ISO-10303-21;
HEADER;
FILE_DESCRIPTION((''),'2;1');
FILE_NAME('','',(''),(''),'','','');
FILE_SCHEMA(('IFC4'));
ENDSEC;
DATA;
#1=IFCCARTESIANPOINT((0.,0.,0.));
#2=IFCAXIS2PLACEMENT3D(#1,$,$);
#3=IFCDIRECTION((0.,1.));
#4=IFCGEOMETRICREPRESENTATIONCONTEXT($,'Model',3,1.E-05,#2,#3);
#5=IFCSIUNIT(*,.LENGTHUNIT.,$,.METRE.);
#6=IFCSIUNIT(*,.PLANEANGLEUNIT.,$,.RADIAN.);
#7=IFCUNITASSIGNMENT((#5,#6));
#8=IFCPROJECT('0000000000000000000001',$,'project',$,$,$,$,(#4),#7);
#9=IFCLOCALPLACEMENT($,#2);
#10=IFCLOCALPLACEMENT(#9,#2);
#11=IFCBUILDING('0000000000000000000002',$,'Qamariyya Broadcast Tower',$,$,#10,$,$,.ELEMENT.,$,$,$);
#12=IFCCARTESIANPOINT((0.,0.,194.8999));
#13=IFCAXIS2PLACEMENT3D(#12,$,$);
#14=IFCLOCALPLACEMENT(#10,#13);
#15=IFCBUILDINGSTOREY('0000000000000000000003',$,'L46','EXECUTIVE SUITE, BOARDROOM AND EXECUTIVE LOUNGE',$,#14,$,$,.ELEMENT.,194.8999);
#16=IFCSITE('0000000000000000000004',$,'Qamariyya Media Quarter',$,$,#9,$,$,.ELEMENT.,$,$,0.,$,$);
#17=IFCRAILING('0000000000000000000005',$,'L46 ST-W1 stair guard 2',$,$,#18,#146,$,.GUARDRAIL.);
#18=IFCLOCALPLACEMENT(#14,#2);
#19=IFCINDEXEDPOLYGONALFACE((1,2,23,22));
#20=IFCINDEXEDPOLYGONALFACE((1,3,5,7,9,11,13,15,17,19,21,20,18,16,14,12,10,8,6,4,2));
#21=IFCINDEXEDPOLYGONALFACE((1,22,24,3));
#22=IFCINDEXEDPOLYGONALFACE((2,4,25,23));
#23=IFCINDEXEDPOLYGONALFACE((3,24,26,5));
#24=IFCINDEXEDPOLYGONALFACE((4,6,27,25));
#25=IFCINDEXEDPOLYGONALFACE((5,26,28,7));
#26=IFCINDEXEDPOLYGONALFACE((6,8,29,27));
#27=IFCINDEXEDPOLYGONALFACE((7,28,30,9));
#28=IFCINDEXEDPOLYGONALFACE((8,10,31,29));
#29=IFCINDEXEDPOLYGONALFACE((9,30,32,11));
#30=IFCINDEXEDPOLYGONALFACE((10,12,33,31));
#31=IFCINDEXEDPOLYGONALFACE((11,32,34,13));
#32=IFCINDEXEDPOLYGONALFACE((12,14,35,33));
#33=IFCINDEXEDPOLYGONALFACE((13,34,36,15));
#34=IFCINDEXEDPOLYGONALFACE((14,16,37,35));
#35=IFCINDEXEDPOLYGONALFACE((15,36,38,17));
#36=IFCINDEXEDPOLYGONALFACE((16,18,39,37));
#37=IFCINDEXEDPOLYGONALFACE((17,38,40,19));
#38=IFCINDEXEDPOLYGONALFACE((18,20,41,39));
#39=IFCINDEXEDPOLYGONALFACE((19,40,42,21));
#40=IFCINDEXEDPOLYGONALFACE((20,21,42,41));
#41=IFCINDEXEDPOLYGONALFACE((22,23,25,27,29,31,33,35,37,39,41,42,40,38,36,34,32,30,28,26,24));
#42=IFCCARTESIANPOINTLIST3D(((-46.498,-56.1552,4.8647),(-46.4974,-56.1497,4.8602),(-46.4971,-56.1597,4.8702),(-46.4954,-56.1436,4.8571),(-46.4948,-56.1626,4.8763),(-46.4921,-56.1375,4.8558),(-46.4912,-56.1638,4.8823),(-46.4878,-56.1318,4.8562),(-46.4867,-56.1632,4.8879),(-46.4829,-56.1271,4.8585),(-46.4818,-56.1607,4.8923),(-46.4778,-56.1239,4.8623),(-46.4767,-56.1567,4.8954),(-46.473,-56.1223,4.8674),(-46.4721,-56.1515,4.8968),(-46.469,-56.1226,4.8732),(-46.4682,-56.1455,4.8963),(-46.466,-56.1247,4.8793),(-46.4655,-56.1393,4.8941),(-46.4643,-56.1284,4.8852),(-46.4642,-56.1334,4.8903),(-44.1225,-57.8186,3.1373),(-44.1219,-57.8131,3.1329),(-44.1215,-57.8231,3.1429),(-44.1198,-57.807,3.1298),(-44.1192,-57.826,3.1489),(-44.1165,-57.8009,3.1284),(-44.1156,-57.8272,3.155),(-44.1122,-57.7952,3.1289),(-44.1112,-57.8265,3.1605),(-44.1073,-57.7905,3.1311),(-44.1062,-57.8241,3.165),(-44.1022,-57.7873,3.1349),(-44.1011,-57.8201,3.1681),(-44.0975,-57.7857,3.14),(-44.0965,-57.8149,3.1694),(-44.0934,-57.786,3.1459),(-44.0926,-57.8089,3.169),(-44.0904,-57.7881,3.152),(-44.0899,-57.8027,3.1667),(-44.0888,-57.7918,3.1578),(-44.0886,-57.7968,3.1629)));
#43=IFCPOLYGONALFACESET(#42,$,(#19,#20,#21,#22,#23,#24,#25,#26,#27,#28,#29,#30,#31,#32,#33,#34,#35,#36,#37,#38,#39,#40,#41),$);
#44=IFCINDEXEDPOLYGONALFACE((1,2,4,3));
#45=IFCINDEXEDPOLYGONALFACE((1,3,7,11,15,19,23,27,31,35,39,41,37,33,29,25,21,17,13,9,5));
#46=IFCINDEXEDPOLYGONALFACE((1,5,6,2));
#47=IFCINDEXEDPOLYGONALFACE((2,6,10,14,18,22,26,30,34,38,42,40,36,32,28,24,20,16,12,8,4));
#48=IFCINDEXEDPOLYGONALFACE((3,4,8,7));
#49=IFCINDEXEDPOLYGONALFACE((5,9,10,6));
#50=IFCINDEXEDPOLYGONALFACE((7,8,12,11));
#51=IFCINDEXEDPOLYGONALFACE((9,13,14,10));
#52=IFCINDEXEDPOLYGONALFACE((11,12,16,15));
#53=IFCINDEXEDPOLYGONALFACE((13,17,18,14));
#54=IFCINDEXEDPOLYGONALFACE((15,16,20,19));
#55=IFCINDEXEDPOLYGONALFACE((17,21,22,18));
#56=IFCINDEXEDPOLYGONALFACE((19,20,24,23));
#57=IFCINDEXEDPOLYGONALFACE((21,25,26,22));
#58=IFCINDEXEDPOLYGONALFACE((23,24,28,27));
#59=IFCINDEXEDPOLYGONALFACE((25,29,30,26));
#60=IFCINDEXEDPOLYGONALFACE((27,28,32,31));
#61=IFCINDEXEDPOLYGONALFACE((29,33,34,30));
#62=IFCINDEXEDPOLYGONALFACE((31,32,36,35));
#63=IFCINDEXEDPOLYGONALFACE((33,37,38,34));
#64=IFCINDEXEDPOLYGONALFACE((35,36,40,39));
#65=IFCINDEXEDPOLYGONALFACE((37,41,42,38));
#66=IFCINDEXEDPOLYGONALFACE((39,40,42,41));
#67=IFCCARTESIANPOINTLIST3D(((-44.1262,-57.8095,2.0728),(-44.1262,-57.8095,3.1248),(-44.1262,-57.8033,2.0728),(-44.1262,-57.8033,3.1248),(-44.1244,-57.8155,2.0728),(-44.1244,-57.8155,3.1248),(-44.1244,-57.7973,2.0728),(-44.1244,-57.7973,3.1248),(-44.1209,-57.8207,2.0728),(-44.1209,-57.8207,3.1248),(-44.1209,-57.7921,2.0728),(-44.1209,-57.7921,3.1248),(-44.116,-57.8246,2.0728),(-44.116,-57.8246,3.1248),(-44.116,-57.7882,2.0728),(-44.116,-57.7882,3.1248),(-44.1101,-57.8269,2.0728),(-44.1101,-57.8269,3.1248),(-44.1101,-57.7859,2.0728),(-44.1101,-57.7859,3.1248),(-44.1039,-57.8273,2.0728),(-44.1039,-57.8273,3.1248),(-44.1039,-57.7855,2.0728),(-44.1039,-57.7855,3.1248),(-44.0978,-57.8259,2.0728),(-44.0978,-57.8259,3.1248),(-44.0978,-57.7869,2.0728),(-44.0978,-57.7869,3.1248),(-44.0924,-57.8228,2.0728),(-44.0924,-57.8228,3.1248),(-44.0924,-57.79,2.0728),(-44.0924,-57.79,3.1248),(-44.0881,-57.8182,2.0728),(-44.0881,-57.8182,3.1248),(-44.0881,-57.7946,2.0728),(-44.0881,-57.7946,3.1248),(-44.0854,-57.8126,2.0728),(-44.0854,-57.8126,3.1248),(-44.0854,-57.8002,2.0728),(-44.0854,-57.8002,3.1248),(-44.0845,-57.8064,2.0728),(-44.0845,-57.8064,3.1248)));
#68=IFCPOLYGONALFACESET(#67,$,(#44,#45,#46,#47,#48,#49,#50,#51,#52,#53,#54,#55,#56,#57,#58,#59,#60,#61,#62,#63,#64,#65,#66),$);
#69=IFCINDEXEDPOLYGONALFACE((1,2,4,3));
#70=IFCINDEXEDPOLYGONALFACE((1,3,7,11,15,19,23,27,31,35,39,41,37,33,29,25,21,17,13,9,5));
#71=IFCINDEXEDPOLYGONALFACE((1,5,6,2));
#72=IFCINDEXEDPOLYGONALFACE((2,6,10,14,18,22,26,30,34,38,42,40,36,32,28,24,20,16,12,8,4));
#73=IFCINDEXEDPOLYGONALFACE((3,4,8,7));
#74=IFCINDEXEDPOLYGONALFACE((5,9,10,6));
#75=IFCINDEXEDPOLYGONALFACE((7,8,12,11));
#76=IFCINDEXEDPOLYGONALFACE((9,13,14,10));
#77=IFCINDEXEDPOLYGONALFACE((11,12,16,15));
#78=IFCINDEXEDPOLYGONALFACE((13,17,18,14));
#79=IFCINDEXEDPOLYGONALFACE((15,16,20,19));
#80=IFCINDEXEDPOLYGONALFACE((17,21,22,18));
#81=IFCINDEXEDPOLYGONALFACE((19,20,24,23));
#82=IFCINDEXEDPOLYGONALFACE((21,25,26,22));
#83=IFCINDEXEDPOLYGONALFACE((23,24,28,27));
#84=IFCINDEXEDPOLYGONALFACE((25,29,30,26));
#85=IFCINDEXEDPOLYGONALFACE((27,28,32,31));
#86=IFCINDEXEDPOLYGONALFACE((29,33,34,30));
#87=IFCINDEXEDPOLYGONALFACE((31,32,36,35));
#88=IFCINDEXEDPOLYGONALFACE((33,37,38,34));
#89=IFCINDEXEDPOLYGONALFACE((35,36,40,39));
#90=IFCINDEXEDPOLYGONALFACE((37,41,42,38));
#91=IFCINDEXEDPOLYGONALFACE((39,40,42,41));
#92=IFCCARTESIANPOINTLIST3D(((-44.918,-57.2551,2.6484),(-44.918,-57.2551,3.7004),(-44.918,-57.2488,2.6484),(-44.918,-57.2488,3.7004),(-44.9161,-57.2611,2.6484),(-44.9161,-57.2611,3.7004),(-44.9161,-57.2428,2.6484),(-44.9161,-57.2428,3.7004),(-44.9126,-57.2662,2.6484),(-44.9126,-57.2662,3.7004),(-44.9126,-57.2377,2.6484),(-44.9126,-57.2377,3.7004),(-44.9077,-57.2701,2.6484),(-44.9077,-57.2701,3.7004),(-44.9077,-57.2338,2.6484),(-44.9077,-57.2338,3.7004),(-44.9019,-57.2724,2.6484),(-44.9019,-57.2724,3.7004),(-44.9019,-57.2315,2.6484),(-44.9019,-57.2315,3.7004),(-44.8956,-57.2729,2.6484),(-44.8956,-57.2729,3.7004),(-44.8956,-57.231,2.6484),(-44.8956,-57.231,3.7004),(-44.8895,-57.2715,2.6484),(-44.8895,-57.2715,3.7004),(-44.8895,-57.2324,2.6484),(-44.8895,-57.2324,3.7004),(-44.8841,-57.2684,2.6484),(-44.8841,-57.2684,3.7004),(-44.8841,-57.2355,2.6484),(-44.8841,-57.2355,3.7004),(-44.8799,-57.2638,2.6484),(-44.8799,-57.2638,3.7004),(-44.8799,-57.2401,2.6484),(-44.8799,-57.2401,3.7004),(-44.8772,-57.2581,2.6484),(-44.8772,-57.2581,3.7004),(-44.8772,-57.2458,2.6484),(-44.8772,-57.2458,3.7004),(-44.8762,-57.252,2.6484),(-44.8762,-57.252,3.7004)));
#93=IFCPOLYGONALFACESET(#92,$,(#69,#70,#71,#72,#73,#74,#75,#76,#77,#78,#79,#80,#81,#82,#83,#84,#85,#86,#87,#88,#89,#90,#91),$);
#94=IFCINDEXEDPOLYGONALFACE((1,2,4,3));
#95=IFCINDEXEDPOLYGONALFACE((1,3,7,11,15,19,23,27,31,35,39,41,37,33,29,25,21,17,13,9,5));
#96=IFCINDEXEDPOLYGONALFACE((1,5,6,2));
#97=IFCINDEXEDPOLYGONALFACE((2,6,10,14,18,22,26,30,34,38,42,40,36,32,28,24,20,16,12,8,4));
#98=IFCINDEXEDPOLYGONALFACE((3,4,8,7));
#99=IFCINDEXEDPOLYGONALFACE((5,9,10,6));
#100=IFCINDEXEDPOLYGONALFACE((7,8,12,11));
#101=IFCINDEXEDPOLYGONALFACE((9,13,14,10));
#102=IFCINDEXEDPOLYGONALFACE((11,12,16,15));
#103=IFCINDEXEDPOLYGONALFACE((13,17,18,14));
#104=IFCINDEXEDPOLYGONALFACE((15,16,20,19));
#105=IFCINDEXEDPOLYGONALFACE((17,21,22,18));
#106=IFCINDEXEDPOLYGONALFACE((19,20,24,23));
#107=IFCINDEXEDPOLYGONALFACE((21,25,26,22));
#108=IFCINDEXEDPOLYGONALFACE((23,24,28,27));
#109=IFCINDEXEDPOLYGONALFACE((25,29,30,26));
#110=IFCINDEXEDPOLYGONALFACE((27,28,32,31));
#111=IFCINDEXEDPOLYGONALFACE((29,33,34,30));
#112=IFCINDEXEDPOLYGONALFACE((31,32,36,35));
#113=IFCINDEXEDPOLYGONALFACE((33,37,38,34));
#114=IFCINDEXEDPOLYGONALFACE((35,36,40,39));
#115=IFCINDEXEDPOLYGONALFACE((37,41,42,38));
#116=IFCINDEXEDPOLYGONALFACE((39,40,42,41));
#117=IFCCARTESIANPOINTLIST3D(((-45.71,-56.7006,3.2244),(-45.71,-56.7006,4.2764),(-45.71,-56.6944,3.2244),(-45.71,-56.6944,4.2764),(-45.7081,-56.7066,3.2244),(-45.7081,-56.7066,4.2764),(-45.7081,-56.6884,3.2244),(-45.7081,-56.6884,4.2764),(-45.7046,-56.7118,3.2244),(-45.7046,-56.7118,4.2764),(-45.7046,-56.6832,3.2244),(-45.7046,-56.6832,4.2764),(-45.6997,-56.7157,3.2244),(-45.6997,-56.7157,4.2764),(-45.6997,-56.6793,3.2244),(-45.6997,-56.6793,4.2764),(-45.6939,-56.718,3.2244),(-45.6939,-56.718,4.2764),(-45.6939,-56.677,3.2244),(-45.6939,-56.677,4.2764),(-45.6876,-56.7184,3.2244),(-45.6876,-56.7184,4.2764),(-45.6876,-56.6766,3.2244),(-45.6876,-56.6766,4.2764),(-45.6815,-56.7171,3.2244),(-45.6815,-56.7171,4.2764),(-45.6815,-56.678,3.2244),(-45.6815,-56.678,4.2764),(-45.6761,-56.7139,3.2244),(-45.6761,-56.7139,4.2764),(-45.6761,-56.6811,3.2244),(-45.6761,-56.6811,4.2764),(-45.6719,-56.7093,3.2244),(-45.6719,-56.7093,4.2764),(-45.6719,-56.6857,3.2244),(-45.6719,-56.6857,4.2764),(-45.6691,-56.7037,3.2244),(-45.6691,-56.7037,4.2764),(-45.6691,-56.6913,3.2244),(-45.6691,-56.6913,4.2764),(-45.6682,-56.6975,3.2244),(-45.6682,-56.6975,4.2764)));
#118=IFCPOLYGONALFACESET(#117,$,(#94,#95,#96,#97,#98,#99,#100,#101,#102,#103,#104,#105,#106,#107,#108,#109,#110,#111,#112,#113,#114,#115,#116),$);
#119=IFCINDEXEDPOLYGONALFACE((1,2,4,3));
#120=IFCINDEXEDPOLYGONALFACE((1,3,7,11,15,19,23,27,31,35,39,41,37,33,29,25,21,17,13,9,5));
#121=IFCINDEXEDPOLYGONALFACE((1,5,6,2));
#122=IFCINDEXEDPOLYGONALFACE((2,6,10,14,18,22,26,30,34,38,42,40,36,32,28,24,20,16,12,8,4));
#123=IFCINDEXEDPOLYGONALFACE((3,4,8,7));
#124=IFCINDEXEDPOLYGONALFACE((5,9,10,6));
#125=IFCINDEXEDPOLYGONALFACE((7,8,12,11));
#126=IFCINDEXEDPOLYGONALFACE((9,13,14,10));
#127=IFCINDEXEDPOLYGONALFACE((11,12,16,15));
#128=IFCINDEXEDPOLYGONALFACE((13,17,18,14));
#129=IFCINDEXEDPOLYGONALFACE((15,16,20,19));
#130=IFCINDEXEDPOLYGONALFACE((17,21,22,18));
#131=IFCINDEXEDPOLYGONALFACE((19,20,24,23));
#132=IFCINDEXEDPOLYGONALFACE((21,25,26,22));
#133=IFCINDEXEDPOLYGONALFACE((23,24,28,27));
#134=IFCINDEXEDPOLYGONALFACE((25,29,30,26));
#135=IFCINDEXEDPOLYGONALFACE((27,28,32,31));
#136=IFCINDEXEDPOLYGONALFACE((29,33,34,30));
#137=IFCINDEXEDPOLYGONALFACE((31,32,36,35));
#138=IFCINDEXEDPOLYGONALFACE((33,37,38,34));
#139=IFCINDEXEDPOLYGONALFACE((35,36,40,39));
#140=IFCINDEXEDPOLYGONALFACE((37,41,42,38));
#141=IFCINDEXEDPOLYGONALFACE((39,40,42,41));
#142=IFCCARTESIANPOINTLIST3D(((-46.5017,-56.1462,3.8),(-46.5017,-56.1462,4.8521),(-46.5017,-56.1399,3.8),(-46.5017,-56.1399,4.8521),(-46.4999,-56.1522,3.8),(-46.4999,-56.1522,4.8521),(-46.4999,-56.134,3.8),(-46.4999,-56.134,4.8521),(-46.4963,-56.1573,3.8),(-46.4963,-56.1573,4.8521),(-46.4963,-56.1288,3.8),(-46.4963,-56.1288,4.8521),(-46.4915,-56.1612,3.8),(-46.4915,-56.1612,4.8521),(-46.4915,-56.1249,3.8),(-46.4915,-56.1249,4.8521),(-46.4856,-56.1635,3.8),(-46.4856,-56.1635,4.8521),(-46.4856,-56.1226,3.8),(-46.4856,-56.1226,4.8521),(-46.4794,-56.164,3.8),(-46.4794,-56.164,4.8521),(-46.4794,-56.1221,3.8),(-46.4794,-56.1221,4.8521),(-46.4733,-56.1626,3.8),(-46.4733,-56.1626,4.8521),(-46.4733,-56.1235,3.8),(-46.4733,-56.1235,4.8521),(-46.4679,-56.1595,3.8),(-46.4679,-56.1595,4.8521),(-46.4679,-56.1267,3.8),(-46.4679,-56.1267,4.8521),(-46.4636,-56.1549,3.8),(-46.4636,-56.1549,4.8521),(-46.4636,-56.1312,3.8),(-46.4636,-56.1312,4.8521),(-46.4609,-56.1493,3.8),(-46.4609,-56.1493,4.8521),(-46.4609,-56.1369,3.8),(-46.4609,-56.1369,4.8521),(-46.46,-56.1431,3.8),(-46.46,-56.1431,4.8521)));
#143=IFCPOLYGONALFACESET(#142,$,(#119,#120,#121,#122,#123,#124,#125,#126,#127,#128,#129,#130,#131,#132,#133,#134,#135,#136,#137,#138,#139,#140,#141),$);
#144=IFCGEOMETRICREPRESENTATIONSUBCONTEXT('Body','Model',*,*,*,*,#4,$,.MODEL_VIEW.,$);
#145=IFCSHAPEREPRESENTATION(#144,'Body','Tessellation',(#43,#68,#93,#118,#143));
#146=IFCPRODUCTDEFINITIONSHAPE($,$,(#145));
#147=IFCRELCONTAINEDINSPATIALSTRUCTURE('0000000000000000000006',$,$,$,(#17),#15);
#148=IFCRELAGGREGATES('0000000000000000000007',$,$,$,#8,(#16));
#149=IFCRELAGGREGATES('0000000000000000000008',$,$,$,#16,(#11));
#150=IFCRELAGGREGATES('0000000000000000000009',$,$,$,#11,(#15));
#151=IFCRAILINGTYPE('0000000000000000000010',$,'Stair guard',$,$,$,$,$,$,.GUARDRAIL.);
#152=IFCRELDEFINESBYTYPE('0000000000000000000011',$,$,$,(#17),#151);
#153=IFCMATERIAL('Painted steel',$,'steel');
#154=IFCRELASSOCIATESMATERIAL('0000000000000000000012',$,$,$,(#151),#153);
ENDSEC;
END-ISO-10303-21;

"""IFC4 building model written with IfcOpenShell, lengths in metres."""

from ifc_helpers import new_model, si_unit, direction, frame, origin, origin_2d, place, context, subcontext, project, spatial, circle, extrude, material, type_object, element, save


model = new_model("IFC4")

# Units and contexts
model_context = context("Model", 3, precision=1e-05, world=origin(), true_north=direction((0.0, 1.0)))
body_context = subcontext(model_context, "Body", "Model", "MODEL_VIEW")
ifc_project = project(units=[si_unit("LENGTHUNIT", "METRE"), si_unit("PLANEANGLEUNIT", "RADIAN")], contexts=[model_context])

# Site, building, storey
site_placement = place(None, origin())
site = spatial("IfcSite", under=ifc_project, at=site_placement, Name="Qamariyya Media Quarter", CompositionType="ELEMENT", RefElevation=0.0)
building_placement = place(site_placement, origin())
building = spatial("IfcBuilding", under=site, at=building_placement, Name="Qamariyya Broadcast Tower", CompositionType="ELEMENT")
storey_placement = place(building_placement, frame((0.0, 0.0, 194.8999)))
storey = spatial("IfcBuildingStorey", under=building, at=storey_placement, Name="L46", Description="EXECUTIVE SUITE, BOARDROOM AND EXECUTIVE LOUNGE", CompositionType="ELEMENT", Elevation=194.8999)

# Railing
ifc_material_1 = material(Name="Painted steel", Category="steel")
railing_type_1 = type_object("IfcRailingType", Name="Stair guard", PredefinedType="GUARDRAIL", material=ifc_material_1)
railing_1_placement = place(storey_placement, frame((-44.1055, -57.8064, 2.0728)))
element("IfcRailing", 1, at=railing_1_placement, inside=storey, type_object=railing_type_1, Name="L46 ST-W1 stair guard 2", PredefinedType="GUARDRAIL", context=body_context, shape_type="SweptSolid", body=[
    extrude(circle(Radius=0.0239, at=origin_2d()), frame((0.0, 0.0, 1.0762), z_axis=(-0.70377, 0.492784, 0.511734), x_axis=(-0.573575, -0.819153, 0.0)), (0.0, 0.0, 1.0), 3.3755),
    extrude(circle(Radius=0.021, at=origin_2d()), origin(), (0.0, 0.0, 1.0), 1.052),
    extrude(circle(Radius=0.021, at=origin_2d()), frame((-0.7917, 0.5544, 0.5757)), (0.0, 0.0, 1.0), 1.052),
    extrude(circle(Radius=0.021, at=origin_2d()), frame((-1.5837, 1.1089, 1.1516)), (0.0, 0.0, 1.0), 1.052),
    extrude(circle(Radius=0.021, at=origin_2d()), frame((-2.3755, 1.6633, 1.7273)), (0.0, 0.0, 1.0), 1.052),
])

save(model, "model.ifc")
